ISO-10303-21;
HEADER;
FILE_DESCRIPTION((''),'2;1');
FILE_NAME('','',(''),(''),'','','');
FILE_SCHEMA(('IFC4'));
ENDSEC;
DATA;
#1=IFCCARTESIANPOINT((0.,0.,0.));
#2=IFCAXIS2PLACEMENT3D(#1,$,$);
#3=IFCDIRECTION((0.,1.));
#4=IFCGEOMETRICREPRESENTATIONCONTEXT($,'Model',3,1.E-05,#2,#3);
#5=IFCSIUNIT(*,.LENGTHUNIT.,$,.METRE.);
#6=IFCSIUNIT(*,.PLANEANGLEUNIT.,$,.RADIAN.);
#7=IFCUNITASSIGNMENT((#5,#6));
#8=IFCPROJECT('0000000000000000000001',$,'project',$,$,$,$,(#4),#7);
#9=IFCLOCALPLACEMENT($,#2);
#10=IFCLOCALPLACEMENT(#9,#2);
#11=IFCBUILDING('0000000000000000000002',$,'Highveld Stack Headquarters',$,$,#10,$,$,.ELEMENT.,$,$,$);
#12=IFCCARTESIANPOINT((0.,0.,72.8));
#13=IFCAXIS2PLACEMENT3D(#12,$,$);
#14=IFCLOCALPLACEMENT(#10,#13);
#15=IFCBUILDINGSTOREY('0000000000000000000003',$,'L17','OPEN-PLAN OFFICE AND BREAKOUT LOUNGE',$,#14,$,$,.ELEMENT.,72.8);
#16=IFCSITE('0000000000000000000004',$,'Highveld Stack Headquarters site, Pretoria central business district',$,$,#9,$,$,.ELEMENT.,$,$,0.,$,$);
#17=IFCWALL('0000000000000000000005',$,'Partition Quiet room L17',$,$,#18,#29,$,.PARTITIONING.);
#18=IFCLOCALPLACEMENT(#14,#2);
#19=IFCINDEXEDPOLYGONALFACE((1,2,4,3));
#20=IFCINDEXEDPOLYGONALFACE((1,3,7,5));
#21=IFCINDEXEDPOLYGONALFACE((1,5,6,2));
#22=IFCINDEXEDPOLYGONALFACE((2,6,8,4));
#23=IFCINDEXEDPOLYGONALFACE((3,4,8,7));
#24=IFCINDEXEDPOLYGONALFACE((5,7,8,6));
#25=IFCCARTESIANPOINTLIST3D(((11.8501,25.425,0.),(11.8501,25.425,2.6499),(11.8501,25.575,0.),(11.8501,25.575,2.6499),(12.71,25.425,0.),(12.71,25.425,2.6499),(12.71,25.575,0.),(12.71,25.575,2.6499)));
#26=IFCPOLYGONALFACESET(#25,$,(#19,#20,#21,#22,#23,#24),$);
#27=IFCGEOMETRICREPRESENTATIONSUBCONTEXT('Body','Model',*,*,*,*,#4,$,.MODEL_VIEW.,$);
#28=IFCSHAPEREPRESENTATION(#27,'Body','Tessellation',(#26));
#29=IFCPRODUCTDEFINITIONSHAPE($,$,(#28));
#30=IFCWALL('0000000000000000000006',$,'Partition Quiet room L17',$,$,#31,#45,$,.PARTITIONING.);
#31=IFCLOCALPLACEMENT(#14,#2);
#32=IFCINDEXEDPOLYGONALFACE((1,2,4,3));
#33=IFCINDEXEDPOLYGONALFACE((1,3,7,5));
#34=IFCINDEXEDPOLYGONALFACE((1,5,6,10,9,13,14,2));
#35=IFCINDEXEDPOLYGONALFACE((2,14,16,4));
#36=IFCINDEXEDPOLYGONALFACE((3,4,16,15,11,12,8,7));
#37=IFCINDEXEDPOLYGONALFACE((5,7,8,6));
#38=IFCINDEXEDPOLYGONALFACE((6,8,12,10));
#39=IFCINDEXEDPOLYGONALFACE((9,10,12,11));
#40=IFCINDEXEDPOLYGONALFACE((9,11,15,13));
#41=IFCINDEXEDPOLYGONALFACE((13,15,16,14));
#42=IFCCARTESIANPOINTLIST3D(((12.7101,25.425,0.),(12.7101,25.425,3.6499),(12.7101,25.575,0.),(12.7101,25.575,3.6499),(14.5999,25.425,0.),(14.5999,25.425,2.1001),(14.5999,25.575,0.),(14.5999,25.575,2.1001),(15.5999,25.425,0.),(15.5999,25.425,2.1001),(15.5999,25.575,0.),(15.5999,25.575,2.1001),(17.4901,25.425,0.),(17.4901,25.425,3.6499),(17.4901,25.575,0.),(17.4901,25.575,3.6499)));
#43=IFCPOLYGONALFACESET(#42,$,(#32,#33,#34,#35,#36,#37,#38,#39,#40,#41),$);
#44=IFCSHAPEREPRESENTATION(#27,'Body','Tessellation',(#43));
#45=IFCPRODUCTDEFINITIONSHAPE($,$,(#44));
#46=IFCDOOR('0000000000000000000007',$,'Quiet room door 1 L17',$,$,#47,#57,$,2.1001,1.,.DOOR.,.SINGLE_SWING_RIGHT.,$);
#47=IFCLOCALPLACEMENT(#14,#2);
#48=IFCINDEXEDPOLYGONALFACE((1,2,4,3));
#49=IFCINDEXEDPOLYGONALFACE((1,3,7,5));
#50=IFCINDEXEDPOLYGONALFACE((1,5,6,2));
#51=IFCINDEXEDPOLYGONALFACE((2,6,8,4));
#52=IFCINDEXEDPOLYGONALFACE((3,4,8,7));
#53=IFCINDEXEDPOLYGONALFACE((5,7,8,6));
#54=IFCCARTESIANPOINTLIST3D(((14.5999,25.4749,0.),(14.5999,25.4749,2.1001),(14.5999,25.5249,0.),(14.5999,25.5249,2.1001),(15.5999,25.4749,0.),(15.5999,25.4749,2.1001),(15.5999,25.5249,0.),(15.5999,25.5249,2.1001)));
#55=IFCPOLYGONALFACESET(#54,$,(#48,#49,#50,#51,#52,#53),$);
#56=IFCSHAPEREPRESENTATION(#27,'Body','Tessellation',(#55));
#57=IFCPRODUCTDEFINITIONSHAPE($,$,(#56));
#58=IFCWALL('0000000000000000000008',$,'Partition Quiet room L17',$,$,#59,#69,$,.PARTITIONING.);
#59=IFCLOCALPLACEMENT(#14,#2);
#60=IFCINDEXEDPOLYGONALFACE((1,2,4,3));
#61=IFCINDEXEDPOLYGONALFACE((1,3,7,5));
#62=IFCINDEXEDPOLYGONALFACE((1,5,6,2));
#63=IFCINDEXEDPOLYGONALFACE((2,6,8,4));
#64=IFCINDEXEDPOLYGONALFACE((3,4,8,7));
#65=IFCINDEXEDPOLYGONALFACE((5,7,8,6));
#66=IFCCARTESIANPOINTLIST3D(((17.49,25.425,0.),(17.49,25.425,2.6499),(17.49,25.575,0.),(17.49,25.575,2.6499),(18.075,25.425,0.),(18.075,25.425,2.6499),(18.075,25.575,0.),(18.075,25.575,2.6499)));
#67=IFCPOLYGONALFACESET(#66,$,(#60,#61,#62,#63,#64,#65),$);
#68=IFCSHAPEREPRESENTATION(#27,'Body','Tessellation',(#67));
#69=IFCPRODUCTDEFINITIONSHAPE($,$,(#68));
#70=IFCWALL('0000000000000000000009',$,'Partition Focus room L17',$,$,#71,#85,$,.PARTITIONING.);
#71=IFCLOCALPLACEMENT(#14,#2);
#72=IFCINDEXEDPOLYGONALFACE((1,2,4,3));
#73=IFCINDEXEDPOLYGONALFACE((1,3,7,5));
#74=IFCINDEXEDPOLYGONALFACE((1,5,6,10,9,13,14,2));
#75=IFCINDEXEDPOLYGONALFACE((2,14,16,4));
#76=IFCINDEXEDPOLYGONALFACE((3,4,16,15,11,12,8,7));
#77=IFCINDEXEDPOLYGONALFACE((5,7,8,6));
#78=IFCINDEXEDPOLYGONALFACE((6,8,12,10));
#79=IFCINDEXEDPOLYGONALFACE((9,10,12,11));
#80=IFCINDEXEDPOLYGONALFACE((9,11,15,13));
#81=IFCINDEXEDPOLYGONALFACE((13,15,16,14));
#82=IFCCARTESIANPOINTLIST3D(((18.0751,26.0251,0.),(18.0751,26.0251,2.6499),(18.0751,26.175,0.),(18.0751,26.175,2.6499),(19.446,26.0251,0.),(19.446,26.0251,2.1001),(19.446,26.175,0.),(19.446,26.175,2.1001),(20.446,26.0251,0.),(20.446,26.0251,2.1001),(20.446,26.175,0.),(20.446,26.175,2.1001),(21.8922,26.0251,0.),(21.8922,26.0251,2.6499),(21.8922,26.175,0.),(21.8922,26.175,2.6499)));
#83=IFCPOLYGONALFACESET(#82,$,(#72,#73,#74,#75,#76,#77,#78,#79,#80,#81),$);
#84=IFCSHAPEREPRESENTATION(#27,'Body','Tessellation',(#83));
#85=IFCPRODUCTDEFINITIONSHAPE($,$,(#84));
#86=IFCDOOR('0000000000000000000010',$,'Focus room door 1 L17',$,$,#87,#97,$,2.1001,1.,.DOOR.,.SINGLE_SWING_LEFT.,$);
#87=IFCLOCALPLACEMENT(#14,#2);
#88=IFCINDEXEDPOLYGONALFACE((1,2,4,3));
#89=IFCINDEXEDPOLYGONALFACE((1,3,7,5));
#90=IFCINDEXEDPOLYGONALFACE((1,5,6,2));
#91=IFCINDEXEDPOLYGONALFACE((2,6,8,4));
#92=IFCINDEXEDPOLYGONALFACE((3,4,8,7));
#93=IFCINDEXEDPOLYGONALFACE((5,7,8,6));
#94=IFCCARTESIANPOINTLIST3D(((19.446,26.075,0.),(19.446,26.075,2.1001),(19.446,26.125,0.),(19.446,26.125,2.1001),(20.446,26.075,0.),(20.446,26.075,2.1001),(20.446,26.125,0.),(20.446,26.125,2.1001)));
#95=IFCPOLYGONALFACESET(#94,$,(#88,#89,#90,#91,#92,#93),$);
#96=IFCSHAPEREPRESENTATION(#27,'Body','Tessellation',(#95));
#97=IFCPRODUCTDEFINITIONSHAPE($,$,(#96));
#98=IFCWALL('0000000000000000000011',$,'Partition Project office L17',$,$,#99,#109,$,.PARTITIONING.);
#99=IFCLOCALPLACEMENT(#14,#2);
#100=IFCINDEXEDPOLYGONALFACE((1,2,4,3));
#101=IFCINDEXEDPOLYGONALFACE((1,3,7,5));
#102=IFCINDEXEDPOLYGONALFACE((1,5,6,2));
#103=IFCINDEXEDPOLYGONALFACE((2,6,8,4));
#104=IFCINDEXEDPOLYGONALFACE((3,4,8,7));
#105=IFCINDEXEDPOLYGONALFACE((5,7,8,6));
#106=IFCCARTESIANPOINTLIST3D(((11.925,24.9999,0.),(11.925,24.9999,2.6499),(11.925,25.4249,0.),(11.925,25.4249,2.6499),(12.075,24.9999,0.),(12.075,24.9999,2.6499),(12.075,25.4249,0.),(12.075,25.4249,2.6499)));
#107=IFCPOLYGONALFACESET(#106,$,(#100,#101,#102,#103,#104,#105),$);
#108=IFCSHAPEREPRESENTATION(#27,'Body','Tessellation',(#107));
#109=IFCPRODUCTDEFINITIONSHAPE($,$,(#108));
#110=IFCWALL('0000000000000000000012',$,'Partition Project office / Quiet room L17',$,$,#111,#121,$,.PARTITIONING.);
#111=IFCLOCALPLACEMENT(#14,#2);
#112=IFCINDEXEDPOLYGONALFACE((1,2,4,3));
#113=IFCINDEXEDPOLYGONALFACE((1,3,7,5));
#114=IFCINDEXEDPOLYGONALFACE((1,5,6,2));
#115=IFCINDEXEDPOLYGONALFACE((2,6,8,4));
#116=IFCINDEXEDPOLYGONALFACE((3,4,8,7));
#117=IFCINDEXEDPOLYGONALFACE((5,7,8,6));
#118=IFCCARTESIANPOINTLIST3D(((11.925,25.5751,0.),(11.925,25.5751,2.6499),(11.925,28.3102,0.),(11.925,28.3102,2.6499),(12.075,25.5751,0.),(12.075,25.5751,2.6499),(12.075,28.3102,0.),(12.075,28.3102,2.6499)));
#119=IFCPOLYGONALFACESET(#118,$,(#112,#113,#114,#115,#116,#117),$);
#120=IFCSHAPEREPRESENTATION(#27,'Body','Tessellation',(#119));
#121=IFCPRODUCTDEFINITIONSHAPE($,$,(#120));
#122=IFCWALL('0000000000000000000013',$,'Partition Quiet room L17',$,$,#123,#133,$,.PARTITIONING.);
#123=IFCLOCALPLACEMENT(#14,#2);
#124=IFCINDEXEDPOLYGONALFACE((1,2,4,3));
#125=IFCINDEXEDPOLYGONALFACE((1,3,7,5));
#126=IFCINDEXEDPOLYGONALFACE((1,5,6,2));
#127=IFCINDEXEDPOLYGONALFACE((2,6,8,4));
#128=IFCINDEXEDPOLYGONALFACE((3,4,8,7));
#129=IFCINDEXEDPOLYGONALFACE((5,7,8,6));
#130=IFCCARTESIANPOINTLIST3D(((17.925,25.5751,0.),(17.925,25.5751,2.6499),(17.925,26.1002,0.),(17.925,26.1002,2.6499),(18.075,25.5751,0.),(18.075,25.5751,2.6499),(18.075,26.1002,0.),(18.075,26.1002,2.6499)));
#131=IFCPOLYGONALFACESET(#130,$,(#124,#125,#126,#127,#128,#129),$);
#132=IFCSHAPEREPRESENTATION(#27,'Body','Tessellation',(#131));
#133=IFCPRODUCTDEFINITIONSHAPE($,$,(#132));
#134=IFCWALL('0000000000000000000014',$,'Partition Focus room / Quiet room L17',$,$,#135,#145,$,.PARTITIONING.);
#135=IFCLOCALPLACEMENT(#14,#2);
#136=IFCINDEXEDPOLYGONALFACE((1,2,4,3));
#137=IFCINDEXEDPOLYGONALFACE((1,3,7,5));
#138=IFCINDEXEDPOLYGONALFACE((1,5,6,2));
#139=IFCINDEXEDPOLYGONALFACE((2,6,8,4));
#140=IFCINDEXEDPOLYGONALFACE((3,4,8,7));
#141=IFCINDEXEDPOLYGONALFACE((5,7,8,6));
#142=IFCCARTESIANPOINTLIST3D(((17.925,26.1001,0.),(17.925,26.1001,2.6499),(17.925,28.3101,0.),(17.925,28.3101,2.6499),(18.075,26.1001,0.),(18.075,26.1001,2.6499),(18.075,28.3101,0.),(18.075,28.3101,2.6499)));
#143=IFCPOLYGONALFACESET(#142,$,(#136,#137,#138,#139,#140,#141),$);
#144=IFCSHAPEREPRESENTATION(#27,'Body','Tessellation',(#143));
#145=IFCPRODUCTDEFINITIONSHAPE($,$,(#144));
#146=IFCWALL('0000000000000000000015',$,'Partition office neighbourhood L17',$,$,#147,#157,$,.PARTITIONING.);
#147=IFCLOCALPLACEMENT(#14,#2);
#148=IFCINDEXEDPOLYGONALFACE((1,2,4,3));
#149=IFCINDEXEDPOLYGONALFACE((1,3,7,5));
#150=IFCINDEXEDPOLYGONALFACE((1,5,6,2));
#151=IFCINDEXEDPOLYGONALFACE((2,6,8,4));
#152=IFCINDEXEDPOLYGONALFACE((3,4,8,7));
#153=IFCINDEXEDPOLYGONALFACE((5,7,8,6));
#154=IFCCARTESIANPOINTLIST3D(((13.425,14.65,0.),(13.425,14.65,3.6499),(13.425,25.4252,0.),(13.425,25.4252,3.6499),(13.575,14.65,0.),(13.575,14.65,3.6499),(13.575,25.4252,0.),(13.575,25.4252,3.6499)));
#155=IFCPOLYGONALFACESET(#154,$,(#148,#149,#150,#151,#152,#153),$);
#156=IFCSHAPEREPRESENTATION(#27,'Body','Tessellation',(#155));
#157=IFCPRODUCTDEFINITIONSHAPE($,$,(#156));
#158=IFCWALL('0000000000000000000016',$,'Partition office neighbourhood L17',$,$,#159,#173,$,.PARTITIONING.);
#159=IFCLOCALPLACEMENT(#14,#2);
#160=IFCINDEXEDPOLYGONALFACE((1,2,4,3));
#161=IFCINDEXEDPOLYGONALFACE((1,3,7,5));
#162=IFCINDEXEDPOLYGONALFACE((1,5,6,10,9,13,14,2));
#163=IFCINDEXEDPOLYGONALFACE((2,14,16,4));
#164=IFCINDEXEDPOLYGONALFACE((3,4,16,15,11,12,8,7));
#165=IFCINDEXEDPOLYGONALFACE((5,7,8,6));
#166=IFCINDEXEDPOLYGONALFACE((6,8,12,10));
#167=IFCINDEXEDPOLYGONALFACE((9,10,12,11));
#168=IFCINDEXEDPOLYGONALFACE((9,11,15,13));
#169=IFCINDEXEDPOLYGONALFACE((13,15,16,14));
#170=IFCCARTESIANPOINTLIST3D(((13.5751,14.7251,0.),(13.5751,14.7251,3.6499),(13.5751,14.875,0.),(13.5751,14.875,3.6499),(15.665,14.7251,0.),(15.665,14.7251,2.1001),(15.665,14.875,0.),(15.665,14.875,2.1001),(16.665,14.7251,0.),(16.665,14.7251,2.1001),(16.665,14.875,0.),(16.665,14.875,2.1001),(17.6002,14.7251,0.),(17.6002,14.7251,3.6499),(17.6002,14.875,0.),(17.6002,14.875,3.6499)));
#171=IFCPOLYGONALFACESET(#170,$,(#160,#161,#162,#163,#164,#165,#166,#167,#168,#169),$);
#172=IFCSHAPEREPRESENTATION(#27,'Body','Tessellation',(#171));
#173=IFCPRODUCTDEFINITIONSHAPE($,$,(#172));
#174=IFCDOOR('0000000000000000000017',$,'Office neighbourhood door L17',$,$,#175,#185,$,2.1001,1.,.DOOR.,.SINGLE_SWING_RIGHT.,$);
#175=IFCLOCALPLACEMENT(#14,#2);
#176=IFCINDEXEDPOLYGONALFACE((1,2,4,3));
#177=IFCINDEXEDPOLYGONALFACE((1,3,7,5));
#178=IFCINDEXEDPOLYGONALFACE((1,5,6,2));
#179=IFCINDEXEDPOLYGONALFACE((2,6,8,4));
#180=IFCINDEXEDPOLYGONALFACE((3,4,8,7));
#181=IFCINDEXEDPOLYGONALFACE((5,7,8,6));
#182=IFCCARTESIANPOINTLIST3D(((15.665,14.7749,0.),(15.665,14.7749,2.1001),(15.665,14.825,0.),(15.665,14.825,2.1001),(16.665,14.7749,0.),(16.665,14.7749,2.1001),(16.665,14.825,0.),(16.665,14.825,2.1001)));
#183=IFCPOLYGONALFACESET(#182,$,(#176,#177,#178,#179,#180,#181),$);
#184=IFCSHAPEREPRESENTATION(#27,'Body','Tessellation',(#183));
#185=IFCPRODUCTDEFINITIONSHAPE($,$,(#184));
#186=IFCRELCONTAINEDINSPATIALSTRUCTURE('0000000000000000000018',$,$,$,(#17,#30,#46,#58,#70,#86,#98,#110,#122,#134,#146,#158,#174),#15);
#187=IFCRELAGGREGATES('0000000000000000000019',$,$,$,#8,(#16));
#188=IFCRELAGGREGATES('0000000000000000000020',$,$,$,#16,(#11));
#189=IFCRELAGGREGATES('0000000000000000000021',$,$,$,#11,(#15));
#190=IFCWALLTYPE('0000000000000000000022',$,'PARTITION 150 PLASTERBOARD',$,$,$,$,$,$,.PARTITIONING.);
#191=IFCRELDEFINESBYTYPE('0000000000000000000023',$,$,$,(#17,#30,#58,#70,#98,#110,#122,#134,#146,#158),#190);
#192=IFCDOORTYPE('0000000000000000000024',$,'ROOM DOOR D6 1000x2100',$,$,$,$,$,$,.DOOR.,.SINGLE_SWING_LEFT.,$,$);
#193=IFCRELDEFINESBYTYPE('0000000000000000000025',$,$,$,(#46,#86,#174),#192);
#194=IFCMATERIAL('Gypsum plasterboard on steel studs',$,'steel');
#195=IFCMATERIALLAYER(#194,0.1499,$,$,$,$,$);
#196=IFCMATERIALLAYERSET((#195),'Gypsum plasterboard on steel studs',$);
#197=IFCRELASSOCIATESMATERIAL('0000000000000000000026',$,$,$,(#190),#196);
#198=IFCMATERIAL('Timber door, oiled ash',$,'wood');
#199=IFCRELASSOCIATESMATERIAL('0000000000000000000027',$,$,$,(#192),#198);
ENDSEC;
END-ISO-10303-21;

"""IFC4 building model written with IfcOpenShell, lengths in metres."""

from ifc_helpers import new_model, si_unit, direction, frame, frame_2d, origin, place, context, subcontext, project, spatial, rectangle, extrude, material, layer, layer_set, type_object, element, fill, save


model = new_model("IFC4")

# Units and contexts
model_context = context("Model", 3, precision=1e-05, world=origin(), true_north=direction((0.0, 1.0)))
body_context = subcontext(model_context, "Body", "Model", "MODEL_VIEW")
ifc_project = project(units=[si_unit("LENGTHUNIT", "METRE"), si_unit("PLANEANGLEUNIT", "RADIAN")], contexts=[model_context])

# Site, building, storey
site_placement = place(None, origin())
site = spatial("IfcSite", under=ifc_project, at=site_placement, Name="Highveld Stack Headquarters site, Pretoria central business district", CompositionType="ELEMENT", RefElevation=0.0)
building_placement = place(site_placement, origin())
building = spatial("IfcBuilding", under=site, at=building_placement, Name="Highveld Stack Headquarters", CompositionType="ELEMENT")
storey_placement = place(building_placement, frame((0.0, 0.0, 72.8)))
storey = spatial("IfcBuildingStorey", under=building, at=storey_placement, Name="L17", Description="OPEN-PLAN OFFICE AND BREAKOUT LOUNGE", CompositionType="ELEMENT", Elevation=72.8)

# Wall
ifc_material_1 = material(Name="Gypsum plasterboard on steel studs", Category="steel")
ifc_layer_1 = layer(ifc_material_1, 0.1499)
ifc_layer_set_1 = layer_set([ifc_layer_1], Name="Gypsum plasterboard on steel studs")
wall_type_1 = type_object("IfcWallType", Name="PARTITION 150 PLASTERBOARD", PredefinedType="PARTITIONING", material=ifc_layer_set_1)
wall_1_placement = place(storey_placement, frame((11.8501, 25.5, 0.0), z_axis=(0.0, 0.0, 1.0), x_axis=(1.0, 0.0, 0.0)))
element("IfcWall", 1, at=wall_1_placement, inside=storey, type_object=wall_type_1, Name="Partition Quiet room L17", PredefinedType="PARTITIONING", context=body_context, shape_type="SweptSolid", body=[
    extrude(rectangle(XDim=0.8599, YDim=0.1499, at=frame_2d((0.4299, 0.0))), origin(), (0.0, 0.0, 1.0), 2.6499),
])

# Wall, opening, door
wall_2_placement = place(storey_placement, frame((12.71, 25.5, 0.0), z_axis=(0.0, 0.0, 1.0), x_axis=(1.0, 0.0, 0.0)))
wall_2 = element("IfcWall", 2, at=wall_2_placement, inside=storey, type_object=wall_type_1, Name="Partition Quiet room L17", PredefinedType="PARTITIONING", context=body_context, shape_type="SweptSolid", body=[
    extrude(rectangle(XDim=4.78, YDim=0.1499, at=frame_2d((2.3901, 0.0))), origin(), (0.0, 0.0, 1.0), 3.6499),
])
opening_1_placement = place(wall_2_placement, frame((1.8899, 0.0, 0.0)))
opening_1 = element("IfcOpeningElement", 3, at=opening_1_placement, cuts=wall_2, PredefinedType="OPENING", context=body_context, shape_type="SweptSolid", body=[
    extrude(rectangle(XDim=1.0, YDim=2.1001, at=frame_2d((0.5, 1.05))), frame((0.0, 0.085, 0.0), z_axis=(0.0, -1.0, 0.0), x_axis=(1.0, 0.0, 0.0)), (0.0, 0.0, 1.0), 0.1699),
])
ifc_material_2 = material(Name="Timber door, oiled ash", Category="wood")
door_type = type_object("IfcDoorType", Name="ROOM DOOR D6 1000x2100", OperationType="SINGLE_SWING_LEFT", PredefinedType="DOOR", material=ifc_material_2)
door_1_placement = place(opening_1_placement, origin())
door_1 = element("IfcDoor", 4, at=door_1_placement, inside=storey, type_object=door_type, Name="Quiet room door 1 L17", OperationType="SINGLE_SWING_RIGHT", OverallHeight=2.1001, OverallWidth=1.0, PredefinedType="DOOR", context=body_context, shape_type="SweptSolid", body=[
    extrude(rectangle(XDim=1.0, YDim=2.1001, at=frame_2d((0.5, 1.05))), frame((0.0, 0.0249, 0.0), z_axis=(0.0, -1.0, 0.0), x_axis=(1.0, 0.0, 0.0)), (0.0, 0.0, 1.0), 0.05),
])
fill(opening_1, door_1)

# Wall
wall_3_placement = place(storey_placement, frame((17.49, 25.5, 0.0), z_axis=(0.0, 0.0, 1.0), x_axis=(1.0, 0.0, 0.0)))
element("IfcWall", 5, at=wall_3_placement, inside=storey, type_object=wall_type_1, Name="Partition Quiet room L17", PredefinedType="PARTITIONING", context=body_context, shape_type="SweptSolid", body=[
    extrude(rectangle(XDim=0.585, YDim=0.1499, at=frame_2d((0.2925, 0.0))), origin(), (0.0, 0.0, 1.0), 2.6499),
])

# Wall, opening, door
wall_4_placement = place(storey_placement, frame((18.075, 26.1001, 0.0), z_axis=(0.0, 0.0, 1.0), x_axis=(1.0, 0.0, 0.0)))
wall_4 = element("IfcWall", 6, at=wall_4_placement, inside=storey, type_object=wall_type_1, Name="Partition Focus room L17", PredefinedType="PARTITIONING", context=body_context, shape_type="SweptSolid", body=[
    extrude(rectangle(XDim=3.8171, YDim=0.1499, at=frame_2d((1.9087, 0.0))), origin(), (0.0, 0.0, 1.0), 2.6499),
])
opening_2_placement = place(wall_4_placement, frame((1.3711, 0.0, 0.0)))
opening_2 = element("IfcOpeningElement", 7, at=opening_2_placement, cuts=wall_4, PredefinedType="OPENING", context=body_context, shape_type="SweptSolid", body=[
    extrude(rectangle(XDim=1.0, YDim=2.1001, at=frame_2d((0.5, 1.05))), frame((0.0, 0.085, 0.0), z_axis=(0.0, -1.0, 0.0), x_axis=(1.0, 0.0, 0.0)), (0.0, 0.0, 1.0), 0.1699),
])
door_2_placement = place(opening_2_placement, origin())
door_2 = element("IfcDoor", 8, at=door_2_placement, inside=storey, type_object=door_type, Name="Focus room door 1 L17", OperationType="SINGLE_SWING_LEFT", OverallHeight=2.1001, OverallWidth=1.0, PredefinedType="DOOR", context=body_context, shape_type="SweptSolid", body=[
    extrude(rectangle(XDim=1.0, YDim=2.1001, at=frame_2d((0.5, 1.05))), frame((0.0, 0.0249, 0.0), z_axis=(0.0, -1.0, 0.0), x_axis=(1.0, 0.0, 0.0)), (0.0, 0.0, 1.0), 0.05),
])
fill(opening_2, door_2)

# Walls
wall_5_placement = place(storey_placement, frame((12.0, 25.0, 0.0), z_axis=(0.0, 0.0, 1.0), x_axis=(0.0, 1.0, 0.0)))
element("IfcWall", 9, at=wall_5_placement, inside=storey, type_object=wall_type_1, Name="Partition Project office L17", PredefinedType="PARTITIONING", context=body_context, shape_type="SweptSolid", body=[
    extrude(rectangle(XDim=0.425, YDim=0.1499, at=frame_2d((0.2124, 0.0))), origin(), (0.0, 0.0, 1.0), 2.6499),
])
wall_6_placement = place(storey_placement, frame((12.0, 25.575, 0.0), z_axis=(0.0, 0.0, 1.0), x_axis=(0.0, 1.0, 0.0)))
element("IfcWall", 10, at=wall_6_placement, inside=storey, type_object=wall_type_1, Name="Partition Project office / Quiet room L17", PredefinedType="PARTITIONING", context=body_context, shape_type="SweptSolid", body=[
    extrude(rectangle(XDim=2.7351, YDim=0.1499, at=frame_2d((1.3677, 0.0))), origin(), (0.0, 0.0, 1.0), 2.6499),
])
wall_7_placement = place(storey_placement, frame((18.0, 25.575, 0.0), z_axis=(0.0, 0.0, 1.0), x_axis=(0.0, 1.0, 0.0)))
element("IfcWall", 11, at=wall_7_placement, inside=storey, type_object=wall_type_1, Name="Partition Quiet room L17", PredefinedType="PARTITIONING", context=body_context, shape_type="SweptSolid", body=[
    extrude(rectangle(XDim=0.5251, YDim=0.1499, at=frame_2d((0.2627, 0.0))), origin(), (0.0, 0.0, 1.0), 2.6499),
])
wall_8_placement = place(storey_placement, frame((18.0, 26.1001, 0.0), z_axis=(0.0, 0.0, 1.0), x_axis=(0.0, 1.0, 0.0)))
element("IfcWall", 12, at=wall_8_placement, inside=storey, type_object=wall_type_1, Name="Partition Focus room / Quiet room L17", PredefinedType="PARTITIONING", context=body_context, shape_type="SweptSolid", body=[
    extrude(rectangle(XDim=2.21, YDim=0.1499, at=frame_2d((1.105, 0.0))), origin(), (0.0, 0.0, 1.0), 2.6499),
])
wall_9_placement = place(storey_placement, frame((13.5, 14.6499, 0.0), z_axis=(0.0, 0.0, 1.0), x_axis=(0.0, 1.0, 0.0)))
element("IfcWall", 13, at=wall_9_placement, inside=storey, type_object=wall_type_1, Name="Partition office neighbourhood L17", PredefinedType="PARTITIONING", context=body_context, shape_type="SweptSolid", body=[
    extrude(rectangle(XDim=10.7751, YDim=0.1499, at=frame_2d((5.3877, 0.0))), origin(), (0.0, 0.0, 1.0), 3.6499),
])

# Wall, opening, door
wall_10_placement = place(storey_placement, frame((13.575, 14.8, 0.0), z_axis=(0.0, 0.0, 1.0), x_axis=(1.0, 0.0, 0.0)))
wall_10 = element("IfcWall", 14, at=wall_10_placement, inside=storey, type_object=wall_type_1, Name="Partition office neighbourhood L17", PredefinedType="PARTITIONING", context=body_context, shape_type="SweptSolid", body=[
    extrude(rectangle(XDim=4.0251, YDim=0.1499, at=frame_2d((2.0127, 0.0))), origin(), (0.0, 0.0, 1.0), 3.6499),
])
opening_3_placement = place(wall_10_placement, frame((2.0901, 0.0, 0.0)))
opening_3 = element("IfcOpeningElement", 15, at=opening_3_placement, cuts=wall_10, PredefinedType="OPENING", context=body_context, shape_type="SweptSolid", body=[
    extrude(rectangle(XDim=1.0, YDim=2.1001, at=frame_2d((0.5, 1.05))), frame((0.0, 0.085, 0.0), z_axis=(0.0, -1.0, 0.0), x_axis=(1.0, 0.0, 0.0)), (0.0, 0.0, 1.0), 0.1699),
])
door_3_placement = place(opening_3_placement, origin())
door_3 = element("IfcDoor", 16, at=door_3_placement, inside=storey, type_object=door_type, Name="Office neighbourhood door L17", OperationType="SINGLE_SWING_RIGHT", OverallHeight=2.1001, OverallWidth=1.0, PredefinedType="DOOR", context=body_context, shape_type="SweptSolid", body=[
    extrude(rectangle(XDim=1.0, YDim=2.1001, at=frame_2d((0.5, 1.05))), frame((0.0, 0.0249, 0.0), z_axis=(0.0, -1.0, 0.0), x_axis=(1.0, 0.0, 0.0)), (0.0, 0.0, 1.0), 0.05),
])
fill(opening_3, door_3)

save(model, "model.ifc")
